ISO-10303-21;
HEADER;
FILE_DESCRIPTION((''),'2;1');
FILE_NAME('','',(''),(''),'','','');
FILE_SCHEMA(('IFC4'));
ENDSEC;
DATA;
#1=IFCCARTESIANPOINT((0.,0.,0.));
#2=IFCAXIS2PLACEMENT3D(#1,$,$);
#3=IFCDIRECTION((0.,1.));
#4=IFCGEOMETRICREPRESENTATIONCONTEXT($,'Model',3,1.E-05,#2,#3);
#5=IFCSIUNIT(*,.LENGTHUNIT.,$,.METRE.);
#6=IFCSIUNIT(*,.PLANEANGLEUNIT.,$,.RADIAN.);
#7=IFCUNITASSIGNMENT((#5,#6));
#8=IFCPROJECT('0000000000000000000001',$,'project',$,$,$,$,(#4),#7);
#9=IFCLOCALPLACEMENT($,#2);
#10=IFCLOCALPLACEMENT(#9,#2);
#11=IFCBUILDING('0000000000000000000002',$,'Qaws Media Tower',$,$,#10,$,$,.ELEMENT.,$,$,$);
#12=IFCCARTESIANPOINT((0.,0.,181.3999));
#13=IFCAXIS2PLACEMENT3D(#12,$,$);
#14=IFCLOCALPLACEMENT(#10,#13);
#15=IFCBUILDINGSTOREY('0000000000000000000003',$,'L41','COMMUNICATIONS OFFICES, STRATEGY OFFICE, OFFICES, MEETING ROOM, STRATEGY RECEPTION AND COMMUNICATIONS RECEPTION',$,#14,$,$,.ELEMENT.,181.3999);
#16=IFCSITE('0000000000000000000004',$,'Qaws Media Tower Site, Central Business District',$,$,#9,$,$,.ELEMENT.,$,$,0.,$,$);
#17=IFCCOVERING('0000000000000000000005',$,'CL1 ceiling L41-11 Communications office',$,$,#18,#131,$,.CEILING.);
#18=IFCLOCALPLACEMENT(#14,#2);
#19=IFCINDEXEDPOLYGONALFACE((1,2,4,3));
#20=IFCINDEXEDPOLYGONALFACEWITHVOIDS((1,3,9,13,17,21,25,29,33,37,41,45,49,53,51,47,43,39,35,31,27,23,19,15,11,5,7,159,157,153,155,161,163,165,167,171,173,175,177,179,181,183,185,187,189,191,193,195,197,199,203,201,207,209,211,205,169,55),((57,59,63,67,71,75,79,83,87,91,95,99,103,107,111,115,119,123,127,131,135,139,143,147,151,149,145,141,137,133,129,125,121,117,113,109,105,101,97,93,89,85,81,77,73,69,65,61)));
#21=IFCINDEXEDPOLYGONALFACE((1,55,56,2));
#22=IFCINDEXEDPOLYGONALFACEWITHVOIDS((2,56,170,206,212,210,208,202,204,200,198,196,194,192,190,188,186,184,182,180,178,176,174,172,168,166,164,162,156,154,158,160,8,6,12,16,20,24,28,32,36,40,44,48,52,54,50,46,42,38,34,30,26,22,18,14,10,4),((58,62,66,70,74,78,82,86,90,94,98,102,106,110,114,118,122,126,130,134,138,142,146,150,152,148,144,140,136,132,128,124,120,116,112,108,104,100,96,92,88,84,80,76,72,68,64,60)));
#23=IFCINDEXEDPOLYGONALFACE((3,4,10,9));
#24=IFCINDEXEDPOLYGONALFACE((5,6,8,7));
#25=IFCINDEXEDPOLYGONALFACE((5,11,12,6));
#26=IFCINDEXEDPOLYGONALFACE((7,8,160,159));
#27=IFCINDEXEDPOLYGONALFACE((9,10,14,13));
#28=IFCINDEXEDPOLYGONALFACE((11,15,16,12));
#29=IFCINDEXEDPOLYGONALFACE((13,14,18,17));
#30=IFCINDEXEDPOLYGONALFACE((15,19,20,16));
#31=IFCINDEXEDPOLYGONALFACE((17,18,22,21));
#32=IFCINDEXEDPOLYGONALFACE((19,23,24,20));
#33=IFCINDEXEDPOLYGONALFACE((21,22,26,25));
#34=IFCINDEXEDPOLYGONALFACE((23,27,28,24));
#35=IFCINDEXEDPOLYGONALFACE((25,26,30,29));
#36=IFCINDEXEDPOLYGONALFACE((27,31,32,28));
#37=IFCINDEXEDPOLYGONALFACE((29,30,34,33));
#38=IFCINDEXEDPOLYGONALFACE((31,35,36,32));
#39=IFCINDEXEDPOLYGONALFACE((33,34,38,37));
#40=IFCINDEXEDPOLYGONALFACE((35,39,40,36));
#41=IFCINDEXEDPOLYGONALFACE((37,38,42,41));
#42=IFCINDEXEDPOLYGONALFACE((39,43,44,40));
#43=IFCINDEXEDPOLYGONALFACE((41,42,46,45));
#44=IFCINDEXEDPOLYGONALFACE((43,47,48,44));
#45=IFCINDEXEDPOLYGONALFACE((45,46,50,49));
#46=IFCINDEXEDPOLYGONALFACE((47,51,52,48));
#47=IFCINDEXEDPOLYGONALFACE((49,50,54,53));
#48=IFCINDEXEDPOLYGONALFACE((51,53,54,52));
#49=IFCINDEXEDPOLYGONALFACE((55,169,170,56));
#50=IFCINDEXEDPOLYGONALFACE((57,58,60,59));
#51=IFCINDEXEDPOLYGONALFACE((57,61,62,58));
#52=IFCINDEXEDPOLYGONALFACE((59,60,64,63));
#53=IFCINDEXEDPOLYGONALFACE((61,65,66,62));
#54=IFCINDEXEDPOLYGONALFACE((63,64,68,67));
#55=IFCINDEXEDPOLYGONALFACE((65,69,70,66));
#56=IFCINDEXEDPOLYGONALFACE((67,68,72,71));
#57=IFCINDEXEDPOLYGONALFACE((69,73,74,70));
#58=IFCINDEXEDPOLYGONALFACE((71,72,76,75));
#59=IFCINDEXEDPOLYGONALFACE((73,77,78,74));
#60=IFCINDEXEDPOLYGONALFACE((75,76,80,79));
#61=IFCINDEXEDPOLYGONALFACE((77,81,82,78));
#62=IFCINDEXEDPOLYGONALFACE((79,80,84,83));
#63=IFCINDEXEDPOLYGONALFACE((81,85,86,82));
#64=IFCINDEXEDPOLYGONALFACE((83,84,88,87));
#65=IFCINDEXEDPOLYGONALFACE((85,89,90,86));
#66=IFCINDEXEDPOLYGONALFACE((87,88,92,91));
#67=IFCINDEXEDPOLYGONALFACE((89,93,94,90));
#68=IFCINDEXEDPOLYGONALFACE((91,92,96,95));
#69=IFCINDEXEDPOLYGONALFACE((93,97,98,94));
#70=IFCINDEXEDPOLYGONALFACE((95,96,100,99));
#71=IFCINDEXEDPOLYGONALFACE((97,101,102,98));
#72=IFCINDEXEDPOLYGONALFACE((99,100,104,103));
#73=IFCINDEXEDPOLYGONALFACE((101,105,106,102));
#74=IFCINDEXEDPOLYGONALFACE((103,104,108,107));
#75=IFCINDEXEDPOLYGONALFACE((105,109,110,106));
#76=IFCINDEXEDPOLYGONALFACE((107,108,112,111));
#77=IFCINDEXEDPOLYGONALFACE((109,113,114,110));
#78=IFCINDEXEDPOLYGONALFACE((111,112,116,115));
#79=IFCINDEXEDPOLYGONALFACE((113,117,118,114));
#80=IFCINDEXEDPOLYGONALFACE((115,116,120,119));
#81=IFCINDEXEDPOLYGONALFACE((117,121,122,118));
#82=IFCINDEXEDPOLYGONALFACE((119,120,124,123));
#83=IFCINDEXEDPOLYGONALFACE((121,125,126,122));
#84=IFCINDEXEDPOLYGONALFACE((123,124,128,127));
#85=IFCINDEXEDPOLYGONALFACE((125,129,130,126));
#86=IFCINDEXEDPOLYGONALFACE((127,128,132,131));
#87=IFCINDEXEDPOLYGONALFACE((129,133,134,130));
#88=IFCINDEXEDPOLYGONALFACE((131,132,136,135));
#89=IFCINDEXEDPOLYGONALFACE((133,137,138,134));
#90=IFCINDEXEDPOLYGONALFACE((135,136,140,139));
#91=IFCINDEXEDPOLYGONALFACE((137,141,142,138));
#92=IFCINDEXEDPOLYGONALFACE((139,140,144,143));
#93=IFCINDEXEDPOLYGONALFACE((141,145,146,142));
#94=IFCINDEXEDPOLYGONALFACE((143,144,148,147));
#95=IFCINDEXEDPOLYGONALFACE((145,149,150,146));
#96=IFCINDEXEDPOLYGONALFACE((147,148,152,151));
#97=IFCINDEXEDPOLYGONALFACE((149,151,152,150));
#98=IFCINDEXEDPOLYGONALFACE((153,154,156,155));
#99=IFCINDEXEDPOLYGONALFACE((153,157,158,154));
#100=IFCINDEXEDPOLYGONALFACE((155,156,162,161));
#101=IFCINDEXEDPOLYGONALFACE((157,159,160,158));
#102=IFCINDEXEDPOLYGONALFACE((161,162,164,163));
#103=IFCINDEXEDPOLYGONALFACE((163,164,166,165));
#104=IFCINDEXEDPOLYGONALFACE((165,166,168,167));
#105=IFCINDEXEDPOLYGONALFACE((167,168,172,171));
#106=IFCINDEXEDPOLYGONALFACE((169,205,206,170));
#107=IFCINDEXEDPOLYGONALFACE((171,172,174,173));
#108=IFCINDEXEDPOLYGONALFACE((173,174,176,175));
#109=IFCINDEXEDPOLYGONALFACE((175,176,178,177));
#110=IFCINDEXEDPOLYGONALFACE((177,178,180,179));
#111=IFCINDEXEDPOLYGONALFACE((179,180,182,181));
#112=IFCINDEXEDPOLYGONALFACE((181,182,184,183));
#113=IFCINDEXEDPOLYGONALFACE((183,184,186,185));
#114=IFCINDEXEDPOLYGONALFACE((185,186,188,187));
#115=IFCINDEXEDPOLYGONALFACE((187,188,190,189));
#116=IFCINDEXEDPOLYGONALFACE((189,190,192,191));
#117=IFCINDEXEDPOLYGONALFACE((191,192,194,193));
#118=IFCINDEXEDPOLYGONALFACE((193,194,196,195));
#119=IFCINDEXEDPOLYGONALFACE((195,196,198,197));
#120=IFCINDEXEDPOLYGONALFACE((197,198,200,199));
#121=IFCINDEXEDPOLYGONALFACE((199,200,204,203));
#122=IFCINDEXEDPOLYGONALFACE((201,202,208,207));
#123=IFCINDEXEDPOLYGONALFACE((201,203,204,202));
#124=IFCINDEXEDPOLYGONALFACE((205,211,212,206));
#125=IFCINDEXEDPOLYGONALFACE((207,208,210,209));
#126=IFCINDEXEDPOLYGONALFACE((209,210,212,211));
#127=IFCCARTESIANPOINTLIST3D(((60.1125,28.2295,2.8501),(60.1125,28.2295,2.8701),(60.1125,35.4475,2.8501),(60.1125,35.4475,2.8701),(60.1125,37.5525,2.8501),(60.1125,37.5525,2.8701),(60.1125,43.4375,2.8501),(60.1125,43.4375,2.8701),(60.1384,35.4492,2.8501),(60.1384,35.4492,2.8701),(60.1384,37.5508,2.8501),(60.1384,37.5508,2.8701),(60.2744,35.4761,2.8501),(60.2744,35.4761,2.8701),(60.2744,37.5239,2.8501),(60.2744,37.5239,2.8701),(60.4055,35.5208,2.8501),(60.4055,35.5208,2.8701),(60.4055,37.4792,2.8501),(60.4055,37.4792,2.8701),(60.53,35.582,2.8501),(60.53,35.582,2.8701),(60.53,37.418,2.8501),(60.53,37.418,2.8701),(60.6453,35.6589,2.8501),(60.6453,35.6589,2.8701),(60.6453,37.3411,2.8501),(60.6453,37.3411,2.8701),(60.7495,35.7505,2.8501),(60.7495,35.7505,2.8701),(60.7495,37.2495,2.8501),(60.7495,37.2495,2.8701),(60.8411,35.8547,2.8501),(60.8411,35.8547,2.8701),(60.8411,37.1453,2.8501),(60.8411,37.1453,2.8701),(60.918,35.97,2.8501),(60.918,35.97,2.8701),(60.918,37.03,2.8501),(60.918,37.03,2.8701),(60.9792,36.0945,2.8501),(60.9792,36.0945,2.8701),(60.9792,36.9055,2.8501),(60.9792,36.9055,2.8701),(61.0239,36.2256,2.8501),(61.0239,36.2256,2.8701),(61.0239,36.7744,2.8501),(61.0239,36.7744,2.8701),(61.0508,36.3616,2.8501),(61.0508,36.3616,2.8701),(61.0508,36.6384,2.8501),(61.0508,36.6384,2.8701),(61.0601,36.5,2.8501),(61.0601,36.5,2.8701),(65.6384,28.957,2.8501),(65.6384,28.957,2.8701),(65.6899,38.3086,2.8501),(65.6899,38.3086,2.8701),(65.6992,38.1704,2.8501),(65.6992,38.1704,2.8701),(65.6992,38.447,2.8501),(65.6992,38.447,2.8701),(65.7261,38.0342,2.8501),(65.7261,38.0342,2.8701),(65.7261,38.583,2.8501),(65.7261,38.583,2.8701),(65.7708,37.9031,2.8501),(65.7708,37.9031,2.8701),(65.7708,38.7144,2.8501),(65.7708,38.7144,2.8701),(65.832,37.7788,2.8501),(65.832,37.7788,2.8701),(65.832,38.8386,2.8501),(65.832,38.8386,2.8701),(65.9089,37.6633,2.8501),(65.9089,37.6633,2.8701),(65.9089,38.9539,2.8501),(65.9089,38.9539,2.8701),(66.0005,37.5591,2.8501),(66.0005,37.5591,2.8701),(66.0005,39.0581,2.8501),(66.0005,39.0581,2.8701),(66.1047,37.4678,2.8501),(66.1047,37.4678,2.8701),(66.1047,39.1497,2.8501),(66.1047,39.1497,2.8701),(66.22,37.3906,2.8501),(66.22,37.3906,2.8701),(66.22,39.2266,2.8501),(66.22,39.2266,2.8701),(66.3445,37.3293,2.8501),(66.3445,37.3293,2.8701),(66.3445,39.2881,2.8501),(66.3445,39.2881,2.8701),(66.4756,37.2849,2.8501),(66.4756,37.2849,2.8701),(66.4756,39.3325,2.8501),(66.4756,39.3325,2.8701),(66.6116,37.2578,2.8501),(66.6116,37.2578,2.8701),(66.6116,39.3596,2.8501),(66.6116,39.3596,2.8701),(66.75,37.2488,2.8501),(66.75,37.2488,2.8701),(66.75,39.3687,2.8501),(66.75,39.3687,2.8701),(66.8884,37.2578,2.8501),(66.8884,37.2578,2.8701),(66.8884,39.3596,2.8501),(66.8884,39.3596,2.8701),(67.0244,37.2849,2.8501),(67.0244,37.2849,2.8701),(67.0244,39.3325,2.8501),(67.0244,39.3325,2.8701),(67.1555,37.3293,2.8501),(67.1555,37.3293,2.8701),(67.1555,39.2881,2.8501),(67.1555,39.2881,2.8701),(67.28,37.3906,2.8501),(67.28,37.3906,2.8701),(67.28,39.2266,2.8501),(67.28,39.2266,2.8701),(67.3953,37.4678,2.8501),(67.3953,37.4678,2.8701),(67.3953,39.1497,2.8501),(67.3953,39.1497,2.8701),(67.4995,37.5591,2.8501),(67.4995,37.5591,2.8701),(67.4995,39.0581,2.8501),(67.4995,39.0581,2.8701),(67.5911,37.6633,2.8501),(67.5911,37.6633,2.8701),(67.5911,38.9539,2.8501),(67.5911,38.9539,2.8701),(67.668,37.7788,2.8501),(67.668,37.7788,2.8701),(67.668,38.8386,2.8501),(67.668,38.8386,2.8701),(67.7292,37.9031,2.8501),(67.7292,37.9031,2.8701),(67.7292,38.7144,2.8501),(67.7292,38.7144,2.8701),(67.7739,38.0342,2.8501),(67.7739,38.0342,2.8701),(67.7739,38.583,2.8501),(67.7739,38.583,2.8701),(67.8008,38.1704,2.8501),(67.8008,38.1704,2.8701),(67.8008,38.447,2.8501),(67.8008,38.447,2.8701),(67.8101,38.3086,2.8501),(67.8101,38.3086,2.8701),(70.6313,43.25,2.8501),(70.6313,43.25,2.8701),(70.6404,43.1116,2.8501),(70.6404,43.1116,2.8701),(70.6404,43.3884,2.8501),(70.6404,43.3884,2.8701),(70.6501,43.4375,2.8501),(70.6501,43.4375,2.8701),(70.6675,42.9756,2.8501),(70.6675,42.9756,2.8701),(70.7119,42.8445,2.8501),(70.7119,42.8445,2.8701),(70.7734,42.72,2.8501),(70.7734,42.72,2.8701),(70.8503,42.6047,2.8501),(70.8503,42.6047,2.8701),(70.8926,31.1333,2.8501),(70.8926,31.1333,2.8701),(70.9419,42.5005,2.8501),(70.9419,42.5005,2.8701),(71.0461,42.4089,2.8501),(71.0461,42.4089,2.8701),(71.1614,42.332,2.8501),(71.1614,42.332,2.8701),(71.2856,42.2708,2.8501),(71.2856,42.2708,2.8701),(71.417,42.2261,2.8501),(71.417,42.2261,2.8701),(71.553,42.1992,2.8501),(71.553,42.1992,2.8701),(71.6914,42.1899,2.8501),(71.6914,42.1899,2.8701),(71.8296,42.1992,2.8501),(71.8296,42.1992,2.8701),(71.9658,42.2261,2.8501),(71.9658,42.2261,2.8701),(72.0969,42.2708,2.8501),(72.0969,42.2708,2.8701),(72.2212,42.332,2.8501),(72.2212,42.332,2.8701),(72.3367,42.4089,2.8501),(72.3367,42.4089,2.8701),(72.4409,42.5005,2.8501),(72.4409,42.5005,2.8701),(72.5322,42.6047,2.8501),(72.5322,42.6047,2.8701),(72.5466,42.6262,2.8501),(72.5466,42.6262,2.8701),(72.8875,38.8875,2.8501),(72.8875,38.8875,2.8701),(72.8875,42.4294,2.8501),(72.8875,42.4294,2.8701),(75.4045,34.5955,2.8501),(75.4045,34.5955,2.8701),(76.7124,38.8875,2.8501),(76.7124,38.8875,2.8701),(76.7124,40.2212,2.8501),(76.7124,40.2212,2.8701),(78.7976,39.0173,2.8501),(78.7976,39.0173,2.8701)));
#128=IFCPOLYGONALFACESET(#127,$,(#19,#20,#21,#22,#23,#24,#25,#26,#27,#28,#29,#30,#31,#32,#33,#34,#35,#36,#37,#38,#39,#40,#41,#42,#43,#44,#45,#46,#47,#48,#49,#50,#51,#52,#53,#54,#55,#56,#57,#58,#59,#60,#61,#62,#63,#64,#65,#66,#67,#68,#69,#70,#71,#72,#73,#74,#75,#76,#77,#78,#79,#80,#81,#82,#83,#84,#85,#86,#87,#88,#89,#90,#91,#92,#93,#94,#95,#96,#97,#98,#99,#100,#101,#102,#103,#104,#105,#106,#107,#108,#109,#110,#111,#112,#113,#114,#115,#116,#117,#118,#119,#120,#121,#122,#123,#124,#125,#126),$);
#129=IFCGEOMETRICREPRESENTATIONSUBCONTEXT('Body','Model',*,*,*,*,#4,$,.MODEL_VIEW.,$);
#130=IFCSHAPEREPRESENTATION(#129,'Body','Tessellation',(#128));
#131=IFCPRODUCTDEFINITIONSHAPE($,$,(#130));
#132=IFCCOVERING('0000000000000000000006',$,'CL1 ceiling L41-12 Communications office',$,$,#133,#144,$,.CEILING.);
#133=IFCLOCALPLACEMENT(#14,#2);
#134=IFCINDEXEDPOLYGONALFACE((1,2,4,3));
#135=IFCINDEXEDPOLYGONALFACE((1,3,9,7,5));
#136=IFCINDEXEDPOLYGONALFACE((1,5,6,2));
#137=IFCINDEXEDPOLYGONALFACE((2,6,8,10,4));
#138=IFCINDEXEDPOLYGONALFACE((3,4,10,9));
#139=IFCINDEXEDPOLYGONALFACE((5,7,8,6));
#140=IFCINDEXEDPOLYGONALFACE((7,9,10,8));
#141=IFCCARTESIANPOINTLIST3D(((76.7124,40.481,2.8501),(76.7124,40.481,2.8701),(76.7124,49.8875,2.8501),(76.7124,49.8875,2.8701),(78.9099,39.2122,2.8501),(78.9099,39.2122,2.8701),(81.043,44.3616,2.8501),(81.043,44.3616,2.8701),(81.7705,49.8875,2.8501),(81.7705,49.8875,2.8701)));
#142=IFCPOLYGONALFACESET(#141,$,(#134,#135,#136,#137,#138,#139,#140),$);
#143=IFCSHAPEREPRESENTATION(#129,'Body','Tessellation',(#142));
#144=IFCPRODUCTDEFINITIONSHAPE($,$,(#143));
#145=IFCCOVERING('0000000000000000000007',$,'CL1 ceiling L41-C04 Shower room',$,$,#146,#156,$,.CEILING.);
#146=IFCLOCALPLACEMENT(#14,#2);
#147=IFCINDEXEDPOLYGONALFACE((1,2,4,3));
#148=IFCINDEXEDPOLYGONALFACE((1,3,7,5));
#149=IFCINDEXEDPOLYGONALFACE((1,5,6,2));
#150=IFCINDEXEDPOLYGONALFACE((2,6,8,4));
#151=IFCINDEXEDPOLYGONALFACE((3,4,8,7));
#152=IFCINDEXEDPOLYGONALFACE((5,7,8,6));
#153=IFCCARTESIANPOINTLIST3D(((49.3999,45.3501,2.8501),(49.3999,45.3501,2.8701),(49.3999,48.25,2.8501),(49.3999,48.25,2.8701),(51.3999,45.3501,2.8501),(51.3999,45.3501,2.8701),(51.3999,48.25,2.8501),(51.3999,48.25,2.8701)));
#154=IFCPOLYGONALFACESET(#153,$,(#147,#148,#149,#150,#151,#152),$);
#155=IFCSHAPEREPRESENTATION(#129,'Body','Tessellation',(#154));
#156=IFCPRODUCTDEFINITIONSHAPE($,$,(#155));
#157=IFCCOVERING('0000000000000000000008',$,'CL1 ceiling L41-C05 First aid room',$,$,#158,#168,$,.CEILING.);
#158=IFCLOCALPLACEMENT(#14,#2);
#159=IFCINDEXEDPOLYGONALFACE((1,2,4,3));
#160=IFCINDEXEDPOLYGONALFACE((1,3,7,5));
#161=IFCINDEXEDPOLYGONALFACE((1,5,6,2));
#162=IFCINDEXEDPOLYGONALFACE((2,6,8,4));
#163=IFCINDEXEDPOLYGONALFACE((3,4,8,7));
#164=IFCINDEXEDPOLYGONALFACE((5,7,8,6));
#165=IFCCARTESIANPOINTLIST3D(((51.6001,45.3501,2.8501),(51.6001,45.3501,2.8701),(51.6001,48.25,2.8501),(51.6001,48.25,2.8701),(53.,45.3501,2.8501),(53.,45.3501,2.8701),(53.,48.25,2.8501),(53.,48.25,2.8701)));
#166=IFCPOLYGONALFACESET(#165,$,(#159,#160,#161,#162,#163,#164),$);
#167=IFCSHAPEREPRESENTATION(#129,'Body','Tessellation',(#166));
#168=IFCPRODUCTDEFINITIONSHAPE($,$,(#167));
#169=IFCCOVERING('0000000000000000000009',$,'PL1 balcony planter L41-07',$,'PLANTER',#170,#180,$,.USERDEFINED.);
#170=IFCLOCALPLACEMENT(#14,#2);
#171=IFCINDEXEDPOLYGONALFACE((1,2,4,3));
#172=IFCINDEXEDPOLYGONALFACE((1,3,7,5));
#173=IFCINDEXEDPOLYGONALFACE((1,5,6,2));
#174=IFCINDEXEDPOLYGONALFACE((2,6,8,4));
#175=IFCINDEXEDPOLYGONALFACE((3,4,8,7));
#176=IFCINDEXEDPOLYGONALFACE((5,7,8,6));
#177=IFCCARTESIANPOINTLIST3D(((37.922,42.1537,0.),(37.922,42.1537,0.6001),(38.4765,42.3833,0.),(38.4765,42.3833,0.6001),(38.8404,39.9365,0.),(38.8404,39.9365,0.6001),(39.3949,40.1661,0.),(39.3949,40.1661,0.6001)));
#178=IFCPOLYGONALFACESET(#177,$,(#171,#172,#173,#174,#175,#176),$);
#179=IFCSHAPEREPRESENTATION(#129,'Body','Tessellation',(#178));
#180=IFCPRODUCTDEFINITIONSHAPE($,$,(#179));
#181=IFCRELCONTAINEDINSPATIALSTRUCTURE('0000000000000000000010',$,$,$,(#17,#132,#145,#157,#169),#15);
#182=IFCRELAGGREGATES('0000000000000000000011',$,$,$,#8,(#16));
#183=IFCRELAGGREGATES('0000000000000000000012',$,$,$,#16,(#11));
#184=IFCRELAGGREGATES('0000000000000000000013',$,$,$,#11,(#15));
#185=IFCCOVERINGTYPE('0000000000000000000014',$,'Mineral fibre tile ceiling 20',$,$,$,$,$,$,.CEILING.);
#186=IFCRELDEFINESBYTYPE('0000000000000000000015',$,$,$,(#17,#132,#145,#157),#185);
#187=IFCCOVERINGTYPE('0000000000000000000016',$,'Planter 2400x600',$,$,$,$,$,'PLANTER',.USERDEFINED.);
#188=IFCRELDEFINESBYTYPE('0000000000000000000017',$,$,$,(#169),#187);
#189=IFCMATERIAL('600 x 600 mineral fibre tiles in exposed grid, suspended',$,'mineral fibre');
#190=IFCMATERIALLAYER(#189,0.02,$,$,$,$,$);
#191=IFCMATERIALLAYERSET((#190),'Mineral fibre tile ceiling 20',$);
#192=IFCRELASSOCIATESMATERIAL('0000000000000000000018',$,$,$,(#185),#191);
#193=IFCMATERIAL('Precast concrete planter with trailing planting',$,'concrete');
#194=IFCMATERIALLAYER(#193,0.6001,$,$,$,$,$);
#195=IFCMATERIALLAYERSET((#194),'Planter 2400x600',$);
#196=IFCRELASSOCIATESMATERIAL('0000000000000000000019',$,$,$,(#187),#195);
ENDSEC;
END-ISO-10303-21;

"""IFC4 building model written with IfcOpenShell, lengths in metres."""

from ifc_helpers import new_model, si_unit, direction, frame, origin, origin_2d, place, context, subcontext, project, spatial, polyline, rectangle, outline, extrude, material, layer, layer_set, type_object, element, save


model = new_model("IFC4")

# Units and contexts
model_context = context("Model", 3, precision=1e-05, world=origin(), true_north=direction((0.0, 1.0)))
body_context = subcontext(model_context, "Body", "Model", "MODEL_VIEW")
ifc_project = project(units=[si_unit("LENGTHUNIT", "METRE"), si_unit("PLANEANGLEUNIT", "RADIAN")], contexts=[model_context])

# Site, building, storey
site_placement = place(None, origin())
site = spatial("IfcSite", under=ifc_project, at=site_placement, Name="Qaws Media Tower Site, Central Business District", CompositionType="ELEMENT", RefElevation=0.0)
building_placement = place(site_placement, origin())
building = spatial("IfcBuilding", under=site, at=building_placement, Name="Qaws Media Tower", CompositionType="ELEMENT")
storey_placement = place(building_placement, frame((0.0, 0.0, 181.3999)))
storey = spatial("IfcBuildingStorey", under=building, at=storey_placement, Name="L41", Description="COMMUNICATIONS OFFICES, STRATEGY OFFICE, OFFICES, MEETING ROOM, STRATEGY RECEPTION AND COMMUNICATIONS RECEPTION", CompositionType="ELEMENT", Elevation=181.3999)

# Coverings
ifc_material_1 = material(Name="600 x 600 mineral fibre tiles in exposed grid, suspended", Category="mineral fibre")
ifc_layer_1 = layer(ifc_material_1, 0.02)
ifc_layer_set_1 = layer_set([ifc_layer_1], Name="Mineral fibre tile ceiling 20")
covering_type_1 = type_object("IfcCoveringType", Name="Mineral fibre tile ceiling 20", PredefinedType="CEILING", material=ifc_layer_set_1)
covering_1_placement = place(storey_placement, frame((0.0, 0.0, 2.8501)))
element("IfcCovering", 1, at=covering_1_placement, inside=storey, type_object=covering_type_1, Name="CL1 ceiling L41-11 Communications office", PredefinedType="CEILING", context=body_context, shape_type="SweptSolid", body=[
    extrude(outline(polyline([(72.8875, 38.8875), (76.7124, 38.8875), (76.7124, 40.2212), (78.7976, 39.0173), (75.4045, 34.5955), (70.8926, 31.1333), (65.6384, 28.957), (60.1125, 28.2295), (60.1125, 35.4475), (60.1384, 35.4492), (60.2744, 35.4761), (60.4055, 35.5208), (60.53, 35.582), (60.6453, 35.6589), (60.7495, 35.7505), (60.8411, 35.8547), (60.918, 35.97), (60.9792, 36.0945), (61.0239, 36.2256), (61.0508, 36.3616), (61.0601, 36.5), (61.0508, 36.6384), (61.0239, 36.7744), (60.9792, 36.9055), (60.918, 37.03), (60.8411, 37.1453), (60.7495, 37.2495), (60.6453, 37.3411), (60.53, 37.418), (60.4055, 37.4792), (60.2744, 37.5239), (60.1384, 37.5508), (60.1125, 37.5525), (60.1125, 43.4375), (70.6501, 43.4375), (70.6404, 43.3884), (70.6313, 43.25), (70.6404, 43.1116), (70.6675, 42.9756), (70.7119, 42.8445), (70.7734, 42.72), (70.8503, 42.6047), (70.9419, 42.5005), (71.0461, 42.4089), (71.1614, 42.332), (71.2856, 42.2708), (71.417, 42.2261), (71.553, 42.1992), (71.6914, 42.1899), (71.8296, 42.1992), (71.9658, 42.2261), (72.0969, 42.2708), (72.2212, 42.332), (72.3367, 42.4089), (72.4409, 42.5005), (72.5322, 42.6047), (72.5466, 42.6262), (72.8875, 42.4294), (72.8875, 38.8875)]), holes=[polyline([(67.7292, 37.9031), (67.7739, 38.0342), (67.8008, 38.1704), (67.8101, 38.3086), (67.8008, 38.447), (67.7739, 38.583), (67.7292, 38.7144), (67.668, 38.8386), (67.5911, 38.9539), (67.4995, 39.0581), (67.3953, 39.1497), (67.28, 39.2266), (67.1555, 39.2881), (67.0244, 39.3325), (66.8884, 39.3596), (66.75, 39.3687), (66.6116, 39.3596), (66.4756, 39.3325), (66.3445, 39.2881), (66.22, 39.2266), (66.1047, 39.1497), (66.0005, 39.0581), (65.9089, 38.9539), (65.832, 38.8386), (65.7708, 38.7144), (65.7261, 38.583), (65.6992, 38.447), (65.6899, 38.3086), (65.6992, 38.1704), (65.7261, 38.0342), (65.7708, 37.9031), (65.832, 37.7788), (65.9089, 37.6633), (66.0005, 37.5591), (66.1047, 37.4678), (66.22, 37.3906), (66.3445, 37.3293), (66.4756, 37.2849), (66.6116, 37.2578), (66.75, 37.2488), (66.8884, 37.2578), (67.0244, 37.2849), (67.1555, 37.3293), (67.28, 37.3906), (67.3953, 37.4678), (67.4995, 37.5591), (67.5911, 37.6633), (67.668, 37.7788), (67.7292, 37.9031)])]), origin(), (0.0, 0.0, 1.0), 0.02),
])
covering_2_placement = place(storey_placement, frame((0.0, 0.0, 2.8501)))
element("IfcCovering", 2, at=covering_2_placement, inside=storey, type_object=covering_type_1, Name="CL1 ceiling L41-12 Communications office", PredefinedType="CEILING", context=body_context, shape_type="SweptSolid", body=[
    extrude(outline(polyline([(81.043, 44.3616), (78.9099, 39.2122), (76.7124, 40.481), (76.7124, 49.8875), (81.7705, 49.8875), (81.043, 44.3616)])), origin(), (0.0, 0.0, 1.0), 0.02),
])
covering_3_placement = place(storey_placement, frame((0.0, 0.0, 2.8501)))
element("IfcCovering", 3, at=covering_3_placement, inside=storey, type_object=covering_type_1, Name="CL1 ceiling L41-C04 Shower room", PredefinedType="CEILING", context=body_context, shape_type="SweptSolid", body=[
    extrude(outline(polyline([(49.3999, 45.3501), (49.3999, 48.25), (51.3999, 48.25), (51.3999, 45.3501), (49.3999, 45.3501)])), origin(), (0.0, 0.0, 1.0), 0.02),
])
covering_4_placement = place(storey_placement, frame((0.0, 0.0, 2.8501)))
element("IfcCovering", 4, at=covering_4_placement, inside=storey, type_object=covering_type_1, Name="CL1 ceiling L41-C05 First aid room", PredefinedType="CEILING", context=body_context, shape_type="SweptSolid", body=[
    extrude(outline(polyline([(51.6001, 45.3501), (51.6001, 48.25), (53.0, 48.25), (53.0, 45.3501), (51.6001, 45.3501)])), origin(), (0.0, 0.0, 1.0), 0.02),
])
ifc_material_2 = material(Name="Precast concrete planter with trailing planting", Category="concrete")
ifc_layer_2 = layer(ifc_material_2, 0.6001)
ifc_layer_set_2 = layer_set([ifc_layer_2], Name="Planter 2400x600")
covering_type_2 = type_object("IfcCoveringType", Name="Planter 2400x600", ElementType="PLANTER", PredefinedType="USERDEFINED", material=ifc_layer_set_2)
covering_5_placement = place(storey_placement, frame((38.6584, 41.1599, 0.0), z_axis=(0.0, 0.0, 1.0), x_axis=(0.382683, -0.92388, 0.0)))
element("IfcCovering", 5, at=covering_5_placement, inside=storey, type_object=covering_type_2, Name="PL1 balcony planter L41-07", ObjectType="PLANTER", PredefinedType="USERDEFINED", context=body_context, shape_type="SweptSolid", body=[
    extrude(rectangle(XDim=2.3999, YDim=0.6001, at=origin_2d()), origin(), (0.0, 0.0, 1.0), 0.6001),
])

save(model, "model.ifc")
